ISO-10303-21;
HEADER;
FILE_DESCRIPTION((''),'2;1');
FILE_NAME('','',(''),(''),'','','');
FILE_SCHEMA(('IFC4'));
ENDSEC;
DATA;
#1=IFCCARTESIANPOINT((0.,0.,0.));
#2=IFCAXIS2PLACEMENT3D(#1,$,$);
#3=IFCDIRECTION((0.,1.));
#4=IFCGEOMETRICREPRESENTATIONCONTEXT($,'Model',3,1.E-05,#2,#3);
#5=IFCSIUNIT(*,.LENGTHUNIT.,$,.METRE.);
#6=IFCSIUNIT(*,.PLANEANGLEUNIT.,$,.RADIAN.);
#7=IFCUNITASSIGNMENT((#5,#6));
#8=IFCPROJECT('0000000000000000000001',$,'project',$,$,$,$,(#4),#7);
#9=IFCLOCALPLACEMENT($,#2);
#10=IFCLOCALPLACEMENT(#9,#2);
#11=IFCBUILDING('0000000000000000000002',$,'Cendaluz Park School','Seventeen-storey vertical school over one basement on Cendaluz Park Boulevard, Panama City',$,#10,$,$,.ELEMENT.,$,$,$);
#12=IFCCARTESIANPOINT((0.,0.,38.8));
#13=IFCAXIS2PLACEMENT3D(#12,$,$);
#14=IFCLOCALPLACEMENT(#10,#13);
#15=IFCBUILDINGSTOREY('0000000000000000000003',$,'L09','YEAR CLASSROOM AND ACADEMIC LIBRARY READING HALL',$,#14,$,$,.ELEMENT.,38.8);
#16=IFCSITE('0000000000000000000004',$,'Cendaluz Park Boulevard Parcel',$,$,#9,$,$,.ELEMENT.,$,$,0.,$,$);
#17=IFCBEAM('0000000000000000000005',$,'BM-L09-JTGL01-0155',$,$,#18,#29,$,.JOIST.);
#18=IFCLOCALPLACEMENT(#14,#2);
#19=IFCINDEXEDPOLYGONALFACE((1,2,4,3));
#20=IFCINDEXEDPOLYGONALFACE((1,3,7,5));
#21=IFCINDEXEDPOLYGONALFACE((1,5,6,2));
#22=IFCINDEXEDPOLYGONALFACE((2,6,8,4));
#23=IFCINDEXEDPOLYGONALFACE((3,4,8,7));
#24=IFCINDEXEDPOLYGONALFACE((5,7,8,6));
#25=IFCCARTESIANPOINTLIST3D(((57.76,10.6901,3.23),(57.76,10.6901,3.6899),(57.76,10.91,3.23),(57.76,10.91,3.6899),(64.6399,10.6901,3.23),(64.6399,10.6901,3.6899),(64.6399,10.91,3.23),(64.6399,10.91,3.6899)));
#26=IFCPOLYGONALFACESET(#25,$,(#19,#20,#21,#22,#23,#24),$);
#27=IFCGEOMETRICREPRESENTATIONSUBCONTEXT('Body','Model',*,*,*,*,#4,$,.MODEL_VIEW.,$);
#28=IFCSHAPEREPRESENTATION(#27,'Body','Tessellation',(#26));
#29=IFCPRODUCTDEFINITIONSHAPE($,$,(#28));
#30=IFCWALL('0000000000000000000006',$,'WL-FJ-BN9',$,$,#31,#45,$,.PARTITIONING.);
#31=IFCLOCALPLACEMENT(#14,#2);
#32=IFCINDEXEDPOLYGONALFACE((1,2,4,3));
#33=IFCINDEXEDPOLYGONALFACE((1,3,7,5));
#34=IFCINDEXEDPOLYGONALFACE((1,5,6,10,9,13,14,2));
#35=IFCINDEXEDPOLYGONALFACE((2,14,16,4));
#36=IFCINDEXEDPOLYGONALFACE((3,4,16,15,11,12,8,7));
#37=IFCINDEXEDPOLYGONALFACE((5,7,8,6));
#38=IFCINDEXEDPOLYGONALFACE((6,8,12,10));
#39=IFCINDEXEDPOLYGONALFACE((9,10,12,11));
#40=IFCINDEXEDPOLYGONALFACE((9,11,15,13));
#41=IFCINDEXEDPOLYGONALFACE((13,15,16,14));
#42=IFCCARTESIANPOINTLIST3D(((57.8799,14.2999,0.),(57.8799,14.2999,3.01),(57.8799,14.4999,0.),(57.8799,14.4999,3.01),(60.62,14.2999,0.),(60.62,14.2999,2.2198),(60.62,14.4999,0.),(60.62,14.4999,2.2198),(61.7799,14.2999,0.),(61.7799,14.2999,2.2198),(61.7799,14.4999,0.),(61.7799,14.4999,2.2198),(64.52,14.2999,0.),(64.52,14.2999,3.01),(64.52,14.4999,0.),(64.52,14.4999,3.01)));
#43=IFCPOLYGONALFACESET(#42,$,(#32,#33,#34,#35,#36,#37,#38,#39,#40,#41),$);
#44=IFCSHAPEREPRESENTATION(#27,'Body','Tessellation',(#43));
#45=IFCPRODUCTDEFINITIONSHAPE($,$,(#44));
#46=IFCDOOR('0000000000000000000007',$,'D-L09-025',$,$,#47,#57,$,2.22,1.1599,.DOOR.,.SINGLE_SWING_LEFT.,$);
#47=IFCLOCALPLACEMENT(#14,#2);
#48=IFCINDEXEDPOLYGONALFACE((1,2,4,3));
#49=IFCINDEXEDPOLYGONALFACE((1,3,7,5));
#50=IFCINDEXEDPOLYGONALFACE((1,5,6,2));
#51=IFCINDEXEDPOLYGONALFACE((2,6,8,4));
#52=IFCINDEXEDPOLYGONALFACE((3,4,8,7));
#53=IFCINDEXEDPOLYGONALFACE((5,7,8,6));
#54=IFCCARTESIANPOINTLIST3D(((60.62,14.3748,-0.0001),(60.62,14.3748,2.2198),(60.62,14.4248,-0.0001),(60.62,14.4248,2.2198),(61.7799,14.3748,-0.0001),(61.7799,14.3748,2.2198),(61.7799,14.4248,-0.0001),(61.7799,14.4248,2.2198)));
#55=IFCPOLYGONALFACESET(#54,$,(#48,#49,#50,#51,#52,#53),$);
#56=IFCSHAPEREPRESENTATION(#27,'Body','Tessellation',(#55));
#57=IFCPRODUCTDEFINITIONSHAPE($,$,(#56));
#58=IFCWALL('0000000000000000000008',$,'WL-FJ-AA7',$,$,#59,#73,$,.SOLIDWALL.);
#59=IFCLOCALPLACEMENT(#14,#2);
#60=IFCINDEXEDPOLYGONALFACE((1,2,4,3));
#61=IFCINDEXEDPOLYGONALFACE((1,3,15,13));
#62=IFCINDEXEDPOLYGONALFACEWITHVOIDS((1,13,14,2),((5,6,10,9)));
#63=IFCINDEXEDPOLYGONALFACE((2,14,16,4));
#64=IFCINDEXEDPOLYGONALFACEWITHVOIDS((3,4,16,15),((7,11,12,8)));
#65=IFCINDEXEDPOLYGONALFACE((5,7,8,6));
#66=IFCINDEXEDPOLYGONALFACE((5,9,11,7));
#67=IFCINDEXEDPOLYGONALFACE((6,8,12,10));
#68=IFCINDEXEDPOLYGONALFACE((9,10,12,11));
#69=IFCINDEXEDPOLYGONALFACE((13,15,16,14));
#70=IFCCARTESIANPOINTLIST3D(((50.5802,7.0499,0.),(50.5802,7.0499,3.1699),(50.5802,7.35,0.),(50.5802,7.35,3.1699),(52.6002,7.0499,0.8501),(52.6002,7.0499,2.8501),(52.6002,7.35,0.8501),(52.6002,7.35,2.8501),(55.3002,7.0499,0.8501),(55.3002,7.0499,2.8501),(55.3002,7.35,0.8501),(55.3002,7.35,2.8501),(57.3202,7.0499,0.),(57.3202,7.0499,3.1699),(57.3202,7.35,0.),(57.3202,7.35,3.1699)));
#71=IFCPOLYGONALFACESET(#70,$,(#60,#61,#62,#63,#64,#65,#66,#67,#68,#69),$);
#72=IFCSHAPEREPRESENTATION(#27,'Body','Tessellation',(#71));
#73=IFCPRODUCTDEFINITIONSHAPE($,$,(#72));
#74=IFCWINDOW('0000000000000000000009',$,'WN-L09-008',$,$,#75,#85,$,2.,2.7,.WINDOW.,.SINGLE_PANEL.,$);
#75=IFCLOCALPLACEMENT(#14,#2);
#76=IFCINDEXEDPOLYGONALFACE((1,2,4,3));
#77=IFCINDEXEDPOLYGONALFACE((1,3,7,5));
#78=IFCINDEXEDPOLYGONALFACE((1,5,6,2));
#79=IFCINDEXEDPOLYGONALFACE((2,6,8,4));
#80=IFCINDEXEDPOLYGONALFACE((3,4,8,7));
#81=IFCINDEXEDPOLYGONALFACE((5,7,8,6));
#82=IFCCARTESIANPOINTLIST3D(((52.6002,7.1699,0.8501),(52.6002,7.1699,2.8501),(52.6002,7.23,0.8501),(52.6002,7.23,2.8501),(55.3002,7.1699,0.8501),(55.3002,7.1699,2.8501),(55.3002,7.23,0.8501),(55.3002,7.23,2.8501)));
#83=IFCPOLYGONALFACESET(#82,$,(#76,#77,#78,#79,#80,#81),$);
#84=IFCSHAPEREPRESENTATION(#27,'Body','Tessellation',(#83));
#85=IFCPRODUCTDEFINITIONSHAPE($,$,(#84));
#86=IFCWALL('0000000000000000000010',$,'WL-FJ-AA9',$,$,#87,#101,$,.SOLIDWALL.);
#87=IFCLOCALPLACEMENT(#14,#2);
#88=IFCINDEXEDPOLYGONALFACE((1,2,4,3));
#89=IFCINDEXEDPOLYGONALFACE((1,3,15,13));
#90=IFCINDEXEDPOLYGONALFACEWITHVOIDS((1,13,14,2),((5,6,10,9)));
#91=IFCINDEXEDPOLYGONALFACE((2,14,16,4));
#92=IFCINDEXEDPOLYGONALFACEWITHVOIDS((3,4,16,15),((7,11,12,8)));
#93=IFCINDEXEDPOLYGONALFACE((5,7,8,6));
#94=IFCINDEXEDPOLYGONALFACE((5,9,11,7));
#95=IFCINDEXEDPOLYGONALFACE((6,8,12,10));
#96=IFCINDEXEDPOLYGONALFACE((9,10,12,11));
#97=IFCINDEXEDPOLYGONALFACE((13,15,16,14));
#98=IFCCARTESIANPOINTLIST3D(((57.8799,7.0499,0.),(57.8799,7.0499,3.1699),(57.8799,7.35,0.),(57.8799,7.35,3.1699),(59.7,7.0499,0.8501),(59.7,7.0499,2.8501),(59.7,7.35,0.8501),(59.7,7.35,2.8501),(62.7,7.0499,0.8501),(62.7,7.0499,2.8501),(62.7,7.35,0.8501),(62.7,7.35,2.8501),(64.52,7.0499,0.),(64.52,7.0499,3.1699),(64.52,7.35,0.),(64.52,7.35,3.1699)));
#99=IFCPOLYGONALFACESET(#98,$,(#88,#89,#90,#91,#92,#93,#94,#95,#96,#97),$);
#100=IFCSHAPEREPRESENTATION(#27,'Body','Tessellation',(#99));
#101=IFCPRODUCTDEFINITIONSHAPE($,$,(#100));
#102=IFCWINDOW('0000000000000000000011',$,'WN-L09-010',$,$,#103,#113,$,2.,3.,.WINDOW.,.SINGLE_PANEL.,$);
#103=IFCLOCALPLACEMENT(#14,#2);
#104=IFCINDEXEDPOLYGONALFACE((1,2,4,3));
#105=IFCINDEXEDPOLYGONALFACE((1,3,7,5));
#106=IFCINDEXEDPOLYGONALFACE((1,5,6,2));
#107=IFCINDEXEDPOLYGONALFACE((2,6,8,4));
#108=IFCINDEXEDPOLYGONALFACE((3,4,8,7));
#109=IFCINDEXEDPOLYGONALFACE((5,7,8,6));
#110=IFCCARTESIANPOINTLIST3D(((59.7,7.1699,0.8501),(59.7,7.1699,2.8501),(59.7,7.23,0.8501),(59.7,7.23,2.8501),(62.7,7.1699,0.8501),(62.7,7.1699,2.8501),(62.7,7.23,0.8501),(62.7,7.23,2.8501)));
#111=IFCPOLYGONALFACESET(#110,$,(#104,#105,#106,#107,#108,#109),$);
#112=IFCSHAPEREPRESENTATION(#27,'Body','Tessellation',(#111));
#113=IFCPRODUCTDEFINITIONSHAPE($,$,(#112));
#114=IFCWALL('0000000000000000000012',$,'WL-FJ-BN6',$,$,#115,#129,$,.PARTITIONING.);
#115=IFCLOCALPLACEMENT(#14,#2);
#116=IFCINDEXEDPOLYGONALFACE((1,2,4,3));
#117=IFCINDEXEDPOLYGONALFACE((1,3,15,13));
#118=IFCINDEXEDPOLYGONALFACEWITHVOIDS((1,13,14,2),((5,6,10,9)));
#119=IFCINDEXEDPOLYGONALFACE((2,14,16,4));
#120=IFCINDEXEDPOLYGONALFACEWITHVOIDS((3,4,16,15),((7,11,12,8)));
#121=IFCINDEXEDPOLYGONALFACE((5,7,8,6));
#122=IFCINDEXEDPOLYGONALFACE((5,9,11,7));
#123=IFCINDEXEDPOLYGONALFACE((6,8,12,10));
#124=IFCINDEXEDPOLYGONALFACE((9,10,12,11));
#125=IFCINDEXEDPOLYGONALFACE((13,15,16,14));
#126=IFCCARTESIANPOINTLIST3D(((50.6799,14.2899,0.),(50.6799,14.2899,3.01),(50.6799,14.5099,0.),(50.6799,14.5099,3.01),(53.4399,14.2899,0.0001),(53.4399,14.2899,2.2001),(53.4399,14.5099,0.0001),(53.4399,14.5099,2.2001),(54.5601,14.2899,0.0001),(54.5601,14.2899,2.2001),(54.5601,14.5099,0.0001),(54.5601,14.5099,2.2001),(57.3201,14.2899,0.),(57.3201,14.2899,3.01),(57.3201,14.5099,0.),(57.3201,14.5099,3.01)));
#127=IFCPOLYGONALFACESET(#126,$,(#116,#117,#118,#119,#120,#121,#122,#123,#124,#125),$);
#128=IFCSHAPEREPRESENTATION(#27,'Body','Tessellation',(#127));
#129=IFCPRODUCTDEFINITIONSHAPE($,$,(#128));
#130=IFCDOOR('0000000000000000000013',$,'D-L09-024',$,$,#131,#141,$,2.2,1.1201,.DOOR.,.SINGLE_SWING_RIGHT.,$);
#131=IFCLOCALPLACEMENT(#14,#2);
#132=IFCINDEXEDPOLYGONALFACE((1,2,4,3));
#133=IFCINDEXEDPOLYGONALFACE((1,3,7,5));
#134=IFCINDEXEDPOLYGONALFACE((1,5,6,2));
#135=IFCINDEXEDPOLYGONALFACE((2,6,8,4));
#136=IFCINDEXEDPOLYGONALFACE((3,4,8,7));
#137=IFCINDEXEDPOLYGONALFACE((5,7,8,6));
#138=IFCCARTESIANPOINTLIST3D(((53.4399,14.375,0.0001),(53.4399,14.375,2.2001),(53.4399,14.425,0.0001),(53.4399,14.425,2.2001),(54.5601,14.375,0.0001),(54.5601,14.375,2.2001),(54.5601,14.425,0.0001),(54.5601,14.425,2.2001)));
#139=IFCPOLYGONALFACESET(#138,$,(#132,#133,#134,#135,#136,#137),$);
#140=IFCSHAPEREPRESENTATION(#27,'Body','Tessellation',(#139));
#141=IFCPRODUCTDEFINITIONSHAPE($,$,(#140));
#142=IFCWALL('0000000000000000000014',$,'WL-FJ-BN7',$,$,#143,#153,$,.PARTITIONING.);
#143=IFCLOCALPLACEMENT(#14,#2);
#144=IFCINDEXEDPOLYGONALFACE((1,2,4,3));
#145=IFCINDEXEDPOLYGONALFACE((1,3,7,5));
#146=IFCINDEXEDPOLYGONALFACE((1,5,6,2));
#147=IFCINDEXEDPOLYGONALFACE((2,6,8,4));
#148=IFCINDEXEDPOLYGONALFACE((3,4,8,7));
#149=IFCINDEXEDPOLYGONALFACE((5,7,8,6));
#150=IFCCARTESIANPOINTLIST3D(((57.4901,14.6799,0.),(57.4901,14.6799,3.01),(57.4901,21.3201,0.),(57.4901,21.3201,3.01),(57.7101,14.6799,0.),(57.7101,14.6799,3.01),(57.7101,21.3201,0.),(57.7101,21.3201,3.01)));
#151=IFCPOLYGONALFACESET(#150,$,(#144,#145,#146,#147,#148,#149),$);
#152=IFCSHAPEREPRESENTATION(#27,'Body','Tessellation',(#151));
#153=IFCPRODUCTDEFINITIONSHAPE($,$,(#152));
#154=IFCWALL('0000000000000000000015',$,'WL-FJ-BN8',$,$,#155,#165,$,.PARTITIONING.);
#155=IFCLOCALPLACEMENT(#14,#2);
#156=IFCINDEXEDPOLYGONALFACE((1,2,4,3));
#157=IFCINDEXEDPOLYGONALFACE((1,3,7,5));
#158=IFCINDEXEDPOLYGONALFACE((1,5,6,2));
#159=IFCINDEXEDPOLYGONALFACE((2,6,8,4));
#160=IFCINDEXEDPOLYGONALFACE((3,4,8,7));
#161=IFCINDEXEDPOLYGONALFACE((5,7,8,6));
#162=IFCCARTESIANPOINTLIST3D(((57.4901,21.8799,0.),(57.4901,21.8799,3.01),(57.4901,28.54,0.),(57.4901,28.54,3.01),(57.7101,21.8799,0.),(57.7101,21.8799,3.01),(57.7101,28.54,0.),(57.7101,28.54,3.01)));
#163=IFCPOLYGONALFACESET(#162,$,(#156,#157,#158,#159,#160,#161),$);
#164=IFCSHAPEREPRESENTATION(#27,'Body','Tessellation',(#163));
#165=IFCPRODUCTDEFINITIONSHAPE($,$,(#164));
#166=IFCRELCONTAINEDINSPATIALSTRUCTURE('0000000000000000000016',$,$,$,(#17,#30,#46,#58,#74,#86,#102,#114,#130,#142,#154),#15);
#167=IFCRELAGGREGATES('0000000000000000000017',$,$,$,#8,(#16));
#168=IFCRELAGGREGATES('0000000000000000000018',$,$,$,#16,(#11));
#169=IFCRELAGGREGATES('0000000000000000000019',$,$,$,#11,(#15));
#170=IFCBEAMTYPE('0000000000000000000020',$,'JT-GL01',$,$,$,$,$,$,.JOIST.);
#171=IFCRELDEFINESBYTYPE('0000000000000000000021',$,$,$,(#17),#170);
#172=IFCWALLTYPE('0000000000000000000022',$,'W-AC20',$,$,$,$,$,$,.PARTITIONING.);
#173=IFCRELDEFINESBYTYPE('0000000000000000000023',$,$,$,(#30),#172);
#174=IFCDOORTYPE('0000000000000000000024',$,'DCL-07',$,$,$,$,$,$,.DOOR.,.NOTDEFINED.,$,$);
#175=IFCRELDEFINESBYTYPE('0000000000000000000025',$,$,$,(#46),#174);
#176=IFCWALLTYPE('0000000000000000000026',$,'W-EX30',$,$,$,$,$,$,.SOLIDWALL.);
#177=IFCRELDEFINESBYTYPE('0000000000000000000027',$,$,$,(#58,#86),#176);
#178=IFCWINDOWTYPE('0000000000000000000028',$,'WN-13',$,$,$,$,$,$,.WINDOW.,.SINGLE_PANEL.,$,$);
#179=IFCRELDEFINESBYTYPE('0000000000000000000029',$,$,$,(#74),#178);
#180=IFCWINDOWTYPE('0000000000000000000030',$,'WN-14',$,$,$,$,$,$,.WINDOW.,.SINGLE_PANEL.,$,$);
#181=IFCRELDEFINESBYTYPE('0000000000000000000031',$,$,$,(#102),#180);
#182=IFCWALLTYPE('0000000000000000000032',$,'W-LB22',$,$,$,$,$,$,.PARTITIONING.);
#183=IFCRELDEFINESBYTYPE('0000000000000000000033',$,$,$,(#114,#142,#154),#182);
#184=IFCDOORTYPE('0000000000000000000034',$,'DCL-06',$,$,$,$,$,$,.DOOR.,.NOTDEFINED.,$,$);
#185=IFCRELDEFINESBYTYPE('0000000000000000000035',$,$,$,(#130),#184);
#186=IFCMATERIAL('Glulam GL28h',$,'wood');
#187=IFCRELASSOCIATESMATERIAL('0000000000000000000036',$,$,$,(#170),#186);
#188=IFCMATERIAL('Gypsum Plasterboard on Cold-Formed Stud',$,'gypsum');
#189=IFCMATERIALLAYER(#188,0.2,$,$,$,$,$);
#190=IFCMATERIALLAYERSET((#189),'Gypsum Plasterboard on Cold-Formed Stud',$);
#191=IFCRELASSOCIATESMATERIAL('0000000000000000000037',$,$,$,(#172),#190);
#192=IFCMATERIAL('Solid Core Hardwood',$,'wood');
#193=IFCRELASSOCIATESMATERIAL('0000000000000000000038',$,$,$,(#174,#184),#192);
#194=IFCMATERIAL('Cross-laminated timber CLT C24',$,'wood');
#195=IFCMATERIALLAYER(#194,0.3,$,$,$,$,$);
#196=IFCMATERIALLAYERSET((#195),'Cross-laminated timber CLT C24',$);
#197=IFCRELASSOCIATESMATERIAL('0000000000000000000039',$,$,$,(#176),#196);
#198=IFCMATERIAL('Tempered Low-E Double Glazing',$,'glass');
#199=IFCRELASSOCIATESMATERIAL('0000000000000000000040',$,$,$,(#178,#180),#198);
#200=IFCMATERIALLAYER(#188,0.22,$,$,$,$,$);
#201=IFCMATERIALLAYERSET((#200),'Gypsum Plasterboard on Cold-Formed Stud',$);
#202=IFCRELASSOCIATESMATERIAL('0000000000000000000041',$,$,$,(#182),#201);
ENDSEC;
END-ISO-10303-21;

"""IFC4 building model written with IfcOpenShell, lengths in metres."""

from ifc_helpers import new_model, si_unit, direction, frame, frame_2d, origin, origin_2d, place, context, subcontext, project, spatial, rectangle, extrude, material, layer, layer_set, material_profile, profile_set, type_object, element, fill, save


model = new_model("IFC4")

# Units and contexts
model_context = context("Model", 3, precision=1e-05, world=origin(), true_north=direction((0.0, 1.0)))
body_context = subcontext(model_context, "Body", "Model", "MODEL_VIEW")
ifc_project = project(units=[si_unit("LENGTHUNIT", "METRE"), si_unit("PLANEANGLEUNIT", "RADIAN")], contexts=[model_context])

# Site, building, storey
site_placement = place(None, origin())
site = spatial("IfcSite", under=ifc_project, at=site_placement, Name="Cendaluz Park Boulevard Parcel", CompositionType="ELEMENT", RefElevation=0.0)
building_placement = place(site_placement, origin())
building = spatial("IfcBuilding", under=site, at=building_placement, Name="Cendaluz Park School", Description="Seventeen-storey vertical school over one basement on Cendaluz Park Boulevard, Panama City", CompositionType="ELEMENT")
storey_placement = place(building_placement, frame((0.0, 0.0, 38.8)))
storey = spatial("IfcBuildingStorey", under=building, at=storey_placement, Name="L09", Description="YEAR CLASSROOM AND ACADEMIC LIBRARY READING HALL", CompositionType="ELEMENT", Elevation=38.8)

# Beam
ifc_material_1 = material(Name="Glulam GL28h", Category="wood")
ifc_material_profile_1 = material_profile(ifc_material_1, rectangle(XDim=0.22, YDim=0.46, at=origin_2d()), Name="GL28h 220x460", Category="wood")
ifc_profile_set_1 = profile_set([ifc_material_profile_1], Name="Glulam GL28h")
beam_type_1 = type_object("IfcBeamType", Name="JT-GL01", PredefinedType="JOIST", material=ifc_profile_set_1)
beam_1_placement = place(storey_placement, frame((57.76, 10.8, 3.46), z_axis=(1.0, 0.0, 0.0), x_axis=(0.0, 1.0, 0.0)))
element("IfcBeam", 1, at=beam_1_placement, inside=storey, type_object=beam_type_1, Name="BM-L09-JTGL01-0155", PredefinedType="JOIST", context=body_context, shape_type="SweptSolid", body=[
    extrude(rectangle(XDim=0.22, YDim=0.46, at=origin_2d()), origin(), (0.0, 0.0, 1.0), 6.8799),
])

# Wall, opening, door
ifc_material_2 = material(Name="Gypsum Plasterboard on Cold-Formed Stud", Category="gypsum")
ifc_layer_1 = layer(ifc_material_2, 0.2)
ifc_layer_set_1 = layer_set([ifc_layer_1], Name="Gypsum Plasterboard on Cold-Formed Stud")
wall_type_1 = type_object("IfcWallType", Name="W-AC20", PredefinedType="PARTITIONING", material=ifc_layer_set_1)
wall_1_placement = place(storey_placement, frame((57.8799, 14.3999, 0.0), z_axis=(0.0, 0.0, 1.0), x_axis=(1.0, 0.0, 0.0)))
wall_1 = element("IfcWall", 2, at=wall_1_placement, inside=storey, type_object=wall_type_1, Name="WL-FJ-BN9", PredefinedType="PARTITIONING", context=body_context, shape_type="SweptSolid", body=[
    extrude(rectangle(XDim=6.6401, YDim=0.2, at=frame_2d((3.3201, 0.0))), origin(), (0.0, 0.0, 1.0), 3.01),
])
opening_1_placement = place(wall_1_placement, frame((2.74, 0.0, 0.0)))
opening_1 = element("IfcOpeningElement", 3, at=opening_1_placement, cuts=wall_1, PredefinedType="OPENING", context=body_context, shape_type="SweptSolid", body=[
    extrude(rectangle(XDim=1.1599, YDim=2.22, at=frame_2d((0.5801, 1.1099))), frame((0.0, 0.1121, 0.0), z_axis=(0.0, -1.0, 0.0), x_axis=(1.0, 0.0, 0.0)), (0.0, 0.0, 1.0), 0.2239),
])
ifc_material_3 = material(Name="Solid Core Hardwood", Category="wood")
door_type_1 = type_object("IfcDoorType", Name="DCL-07", OperationType="NOTDEFINED", PredefinedType="DOOR", material=ifc_material_3)
door_1_placement = place(opening_1_placement, origin())
door_1 = element("IfcDoor", 4, at=door_1_placement, inside=storey, type_object=door_type_1, Name="D-L09-025", OperationType="SINGLE_SWING_LEFT", OverallHeight=2.22, OverallWidth=1.1599, PredefinedType="DOOR", context=body_context, shape_type="SweptSolid", body=[
    extrude(rectangle(XDim=1.1599, YDim=2.22, at=frame_2d((0.5801, 1.1099))), frame((0.0, 0.0249, 0.0), z_axis=(0.0, -1.0, 0.0), x_axis=(1.0, 0.0, 0.0)), (0.0, 0.0, 1.0), 0.05),
])
fill(opening_1, door_1)

# Walls, openings, windows
ifc_material_4 = material(Name="Cross-laminated timber CLT C24", Category="wood")
ifc_layer_2 = layer(ifc_material_4, 0.3)
ifc_layer_set_2 = layer_set([ifc_layer_2], Name="Cross-laminated timber CLT C24")
wall_type_2 = type_object("IfcWallType", Name="W-EX30", PredefinedType="SOLIDWALL", material=ifc_layer_set_2)
wall_2_placement = place(storey_placement, frame((50.5801, 7.2, 0.0), z_axis=(0.0, 0.0, 1.0), x_axis=(1.0, 0.0, 0.0)))
wall_2 = element("IfcWall", 5, at=wall_2_placement, inside=storey, type_object=wall_type_2, Name="WL-FJ-AA7", PredefinedType="SOLIDWALL", context=body_context, shape_type="SweptSolid", body=[
    extrude(rectangle(XDim=6.74, YDim=0.3, at=frame_2d((3.3701, 0.0))), origin(), (0.0, 0.0, 1.0), 3.1699),
])
opening_2_placement = place(wall_2_placement, frame((2.02, 0.0, 0.8501)))
opening_2 = element("IfcOpeningElement", 6, at=opening_2_placement, cuts=wall_2, PredefinedType="OPENING", context=body_context, shape_type="SweptSolid", body=[
    extrude(rectangle(XDim=2.7, YDim=2.0, at=frame_2d((1.3501, 1.0))), frame((0.0, 0.1621, 0.0), z_axis=(0.0, -1.0, 0.0), x_axis=(1.0, 0.0, 0.0)), (0.0, 0.0, 1.0), 0.324),
])
ifc_material_5 = material(Name="Tempered Low-E Double Glazing", Category="glass")
window_type_1 = type_object("IfcWindowType", Name="WN-13", PartitioningType="SINGLE_PANEL", PredefinedType="WINDOW", material=ifc_material_5)
window_1_placement = place(opening_2_placement, origin())
window_1 = element("IfcWindow", 7, at=window_1_placement, inside=storey, type_object=window_type_1, Name="WN-L09-008", OverallHeight=2.0, OverallWidth=2.7, PartitioningType="SINGLE_PANEL", PredefinedType="WINDOW", context=body_context, shape_type="SweptSolid", body=[
    extrude(rectangle(XDim=2.7, YDim=2.0, at=frame_2d((1.3501, 1.0))), frame((0.0, 0.03, 0.0), z_axis=(0.0, -1.0, 0.0), x_axis=(1.0, 0.0, 0.0)), (0.0, 0.0, 1.0), 0.0601),
])
fill(opening_2, window_1)
wall_3_placement = place(storey_placement, frame((57.8799, 7.2, 0.0), z_axis=(0.0, 0.0, 1.0), x_axis=(1.0, 0.0, 0.0)))
wall_3 = element("IfcWall", 8, at=wall_3_placement, inside=storey, type_object=wall_type_2, Name="WL-FJ-AA9", PredefinedType="SOLIDWALL", context=body_context, shape_type="SweptSolid", body=[
    extrude(rectangle(XDim=6.6401, YDim=0.3, at=frame_2d((3.3201, 0.0))), origin(), (0.0, 0.0, 1.0), 3.1699),
])
opening_3_placement = place(wall_3_placement, frame((1.8201, 0.0, 0.8501)))
opening_3 = element("IfcOpeningElement", 9, at=opening_3_placement, cuts=wall_3, PredefinedType="OPENING", context=body_context, shape_type="SweptSolid", body=[
    extrude(rectangle(XDim=3.0, YDim=2.0, at=frame_2d((1.5, 1.0))), frame((0.0, 0.1621, 0.0), z_axis=(0.0, -1.0, 0.0), x_axis=(1.0, 0.0, 0.0)), (0.0, 0.0, 1.0), 0.324),
])
window_type_2 = type_object("IfcWindowType", Name="WN-14", PartitioningType="SINGLE_PANEL", PredefinedType="WINDOW", material=ifc_material_5)
window_2_placement = place(opening_3_placement, origin())
window_2 = element("IfcWindow", 10, at=window_2_placement, inside=storey, type_object=window_type_2, Name="WN-L09-010", OverallHeight=2.0, OverallWidth=3.0, PartitioningType="SINGLE_PANEL", PredefinedType="WINDOW", context=body_context, shape_type="SweptSolid", body=[
    extrude(rectangle(XDim=3.0, YDim=2.0, at=frame_2d((1.5, 1.0))), frame((0.0, 0.03, 0.0), z_axis=(0.0, -1.0, 0.0), x_axis=(1.0, 0.0, 0.0)), (0.0, 0.0, 1.0), 0.0601),
])
fill(opening_3, window_2)

# Wall, opening, door
ifc_layer_3 = layer(ifc_material_2, 0.22)
ifc_layer_set_3 = layer_set([ifc_layer_3], Name="Gypsum Plasterboard on Cold-Formed Stud")
wall_type_3 = type_object("IfcWallType", Name="W-LB22", PredefinedType="PARTITIONING", material=ifc_layer_set_3)
wall_4_placement = place(storey_placement, frame((50.6799, 14.3999, 0.0), z_axis=(0.0, 0.0, 1.0), x_axis=(1.0, 0.0, 0.0)))
wall_4 = element("IfcWall", 11, at=wall_4_placement, inside=storey, type_object=wall_type_3, Name="WL-FJ-BN6", PredefinedType="PARTITIONING", context=body_context, shape_type="SweptSolid", body=[
    extrude(rectangle(XDim=6.6401, YDim=0.22, at=frame_2d((3.3201, 0.0))), origin(), (0.0, 0.0, 1.0), 3.01),
])
opening_4_placement = place(wall_4_placement, frame((2.76, 0.0, 0.0)))
opening_4 = element("IfcOpeningElement", 12, at=opening_4_placement, cuts=wall_4, PredefinedType="OPENING", context=body_context, shape_type="SweptSolid", body=[
    extrude(rectangle(XDim=1.1201, YDim=2.2, at=frame_2d((0.5601, 1.1001))), frame((0.0, 0.1221, 0.0), z_axis=(0.0, -1.0, 0.0), x_axis=(1.0, 0.0, 0.0)), (0.0, 0.0, 1.0), 0.2439),
])
door_type_2 = type_object("IfcDoorType", Name="DCL-06", OperationType="NOTDEFINED", PredefinedType="DOOR", material=ifc_material_3)
door_2_placement = place(opening_4_placement, frame((1.1201, 0.0, 0.0), z_axis=(0.0, 0.0, 1.0), x_axis=(-1.0, 0.0, 0.0)))
door_2 = element("IfcDoor", 13, at=door_2_placement, inside=storey, type_object=door_type_2, Name="D-L09-024", OperationType="SINGLE_SWING_RIGHT", OverallHeight=2.2, OverallWidth=1.1201, PredefinedType="DOOR", context=body_context, shape_type="SweptSolid", body=[
    extrude(rectangle(XDim=1.1201, YDim=2.2, at=frame_2d((0.5601, 1.1001))), frame((0.0, 0.0249, 0.0), z_axis=(0.0, -1.0, 0.0), x_axis=(1.0, 0.0, 0.0)), (0.0, 0.0, 1.0), 0.05),
])
fill(opening_4, door_2)

# Walls
wall_5_placement = place(storey_placement, frame((57.6001, 14.6799, 0.0), z_axis=(0.0, 0.0, 1.0), x_axis=(0.0, 1.0, 0.0)))
element("IfcWall", 14, at=wall_5_placement, inside=storey, type_object=wall_type_3, Name="WL-FJ-BN7", PredefinedType="PARTITIONING", context=body_context, shape_type="SweptSolid", body=[
    extrude(rectangle(XDim=6.6401, YDim=0.22, at=frame_2d((3.3201, 0.0))), origin(), (0.0, 0.0, 1.0), 3.01),
])
wall_6_placement = place(storey_placement, frame((57.6001, 21.8799, 0.0), z_axis=(0.0, 0.0, 1.0), x_axis=(0.0, 1.0, 0.0)))
element("IfcWall", 15, at=wall_6_placement, inside=storey, type_object=wall_type_3, Name="WL-FJ-BN8", PredefinedType="PARTITIONING", context=body_context, shape_type="SweptSolid", body=[
    extrude(rectangle(XDim=6.6602, YDim=0.22, at=frame_2d((3.3301, 0.0))), origin(), (0.0, 0.0, 1.0), 3.01),
])

save(model, "model.ifc")
